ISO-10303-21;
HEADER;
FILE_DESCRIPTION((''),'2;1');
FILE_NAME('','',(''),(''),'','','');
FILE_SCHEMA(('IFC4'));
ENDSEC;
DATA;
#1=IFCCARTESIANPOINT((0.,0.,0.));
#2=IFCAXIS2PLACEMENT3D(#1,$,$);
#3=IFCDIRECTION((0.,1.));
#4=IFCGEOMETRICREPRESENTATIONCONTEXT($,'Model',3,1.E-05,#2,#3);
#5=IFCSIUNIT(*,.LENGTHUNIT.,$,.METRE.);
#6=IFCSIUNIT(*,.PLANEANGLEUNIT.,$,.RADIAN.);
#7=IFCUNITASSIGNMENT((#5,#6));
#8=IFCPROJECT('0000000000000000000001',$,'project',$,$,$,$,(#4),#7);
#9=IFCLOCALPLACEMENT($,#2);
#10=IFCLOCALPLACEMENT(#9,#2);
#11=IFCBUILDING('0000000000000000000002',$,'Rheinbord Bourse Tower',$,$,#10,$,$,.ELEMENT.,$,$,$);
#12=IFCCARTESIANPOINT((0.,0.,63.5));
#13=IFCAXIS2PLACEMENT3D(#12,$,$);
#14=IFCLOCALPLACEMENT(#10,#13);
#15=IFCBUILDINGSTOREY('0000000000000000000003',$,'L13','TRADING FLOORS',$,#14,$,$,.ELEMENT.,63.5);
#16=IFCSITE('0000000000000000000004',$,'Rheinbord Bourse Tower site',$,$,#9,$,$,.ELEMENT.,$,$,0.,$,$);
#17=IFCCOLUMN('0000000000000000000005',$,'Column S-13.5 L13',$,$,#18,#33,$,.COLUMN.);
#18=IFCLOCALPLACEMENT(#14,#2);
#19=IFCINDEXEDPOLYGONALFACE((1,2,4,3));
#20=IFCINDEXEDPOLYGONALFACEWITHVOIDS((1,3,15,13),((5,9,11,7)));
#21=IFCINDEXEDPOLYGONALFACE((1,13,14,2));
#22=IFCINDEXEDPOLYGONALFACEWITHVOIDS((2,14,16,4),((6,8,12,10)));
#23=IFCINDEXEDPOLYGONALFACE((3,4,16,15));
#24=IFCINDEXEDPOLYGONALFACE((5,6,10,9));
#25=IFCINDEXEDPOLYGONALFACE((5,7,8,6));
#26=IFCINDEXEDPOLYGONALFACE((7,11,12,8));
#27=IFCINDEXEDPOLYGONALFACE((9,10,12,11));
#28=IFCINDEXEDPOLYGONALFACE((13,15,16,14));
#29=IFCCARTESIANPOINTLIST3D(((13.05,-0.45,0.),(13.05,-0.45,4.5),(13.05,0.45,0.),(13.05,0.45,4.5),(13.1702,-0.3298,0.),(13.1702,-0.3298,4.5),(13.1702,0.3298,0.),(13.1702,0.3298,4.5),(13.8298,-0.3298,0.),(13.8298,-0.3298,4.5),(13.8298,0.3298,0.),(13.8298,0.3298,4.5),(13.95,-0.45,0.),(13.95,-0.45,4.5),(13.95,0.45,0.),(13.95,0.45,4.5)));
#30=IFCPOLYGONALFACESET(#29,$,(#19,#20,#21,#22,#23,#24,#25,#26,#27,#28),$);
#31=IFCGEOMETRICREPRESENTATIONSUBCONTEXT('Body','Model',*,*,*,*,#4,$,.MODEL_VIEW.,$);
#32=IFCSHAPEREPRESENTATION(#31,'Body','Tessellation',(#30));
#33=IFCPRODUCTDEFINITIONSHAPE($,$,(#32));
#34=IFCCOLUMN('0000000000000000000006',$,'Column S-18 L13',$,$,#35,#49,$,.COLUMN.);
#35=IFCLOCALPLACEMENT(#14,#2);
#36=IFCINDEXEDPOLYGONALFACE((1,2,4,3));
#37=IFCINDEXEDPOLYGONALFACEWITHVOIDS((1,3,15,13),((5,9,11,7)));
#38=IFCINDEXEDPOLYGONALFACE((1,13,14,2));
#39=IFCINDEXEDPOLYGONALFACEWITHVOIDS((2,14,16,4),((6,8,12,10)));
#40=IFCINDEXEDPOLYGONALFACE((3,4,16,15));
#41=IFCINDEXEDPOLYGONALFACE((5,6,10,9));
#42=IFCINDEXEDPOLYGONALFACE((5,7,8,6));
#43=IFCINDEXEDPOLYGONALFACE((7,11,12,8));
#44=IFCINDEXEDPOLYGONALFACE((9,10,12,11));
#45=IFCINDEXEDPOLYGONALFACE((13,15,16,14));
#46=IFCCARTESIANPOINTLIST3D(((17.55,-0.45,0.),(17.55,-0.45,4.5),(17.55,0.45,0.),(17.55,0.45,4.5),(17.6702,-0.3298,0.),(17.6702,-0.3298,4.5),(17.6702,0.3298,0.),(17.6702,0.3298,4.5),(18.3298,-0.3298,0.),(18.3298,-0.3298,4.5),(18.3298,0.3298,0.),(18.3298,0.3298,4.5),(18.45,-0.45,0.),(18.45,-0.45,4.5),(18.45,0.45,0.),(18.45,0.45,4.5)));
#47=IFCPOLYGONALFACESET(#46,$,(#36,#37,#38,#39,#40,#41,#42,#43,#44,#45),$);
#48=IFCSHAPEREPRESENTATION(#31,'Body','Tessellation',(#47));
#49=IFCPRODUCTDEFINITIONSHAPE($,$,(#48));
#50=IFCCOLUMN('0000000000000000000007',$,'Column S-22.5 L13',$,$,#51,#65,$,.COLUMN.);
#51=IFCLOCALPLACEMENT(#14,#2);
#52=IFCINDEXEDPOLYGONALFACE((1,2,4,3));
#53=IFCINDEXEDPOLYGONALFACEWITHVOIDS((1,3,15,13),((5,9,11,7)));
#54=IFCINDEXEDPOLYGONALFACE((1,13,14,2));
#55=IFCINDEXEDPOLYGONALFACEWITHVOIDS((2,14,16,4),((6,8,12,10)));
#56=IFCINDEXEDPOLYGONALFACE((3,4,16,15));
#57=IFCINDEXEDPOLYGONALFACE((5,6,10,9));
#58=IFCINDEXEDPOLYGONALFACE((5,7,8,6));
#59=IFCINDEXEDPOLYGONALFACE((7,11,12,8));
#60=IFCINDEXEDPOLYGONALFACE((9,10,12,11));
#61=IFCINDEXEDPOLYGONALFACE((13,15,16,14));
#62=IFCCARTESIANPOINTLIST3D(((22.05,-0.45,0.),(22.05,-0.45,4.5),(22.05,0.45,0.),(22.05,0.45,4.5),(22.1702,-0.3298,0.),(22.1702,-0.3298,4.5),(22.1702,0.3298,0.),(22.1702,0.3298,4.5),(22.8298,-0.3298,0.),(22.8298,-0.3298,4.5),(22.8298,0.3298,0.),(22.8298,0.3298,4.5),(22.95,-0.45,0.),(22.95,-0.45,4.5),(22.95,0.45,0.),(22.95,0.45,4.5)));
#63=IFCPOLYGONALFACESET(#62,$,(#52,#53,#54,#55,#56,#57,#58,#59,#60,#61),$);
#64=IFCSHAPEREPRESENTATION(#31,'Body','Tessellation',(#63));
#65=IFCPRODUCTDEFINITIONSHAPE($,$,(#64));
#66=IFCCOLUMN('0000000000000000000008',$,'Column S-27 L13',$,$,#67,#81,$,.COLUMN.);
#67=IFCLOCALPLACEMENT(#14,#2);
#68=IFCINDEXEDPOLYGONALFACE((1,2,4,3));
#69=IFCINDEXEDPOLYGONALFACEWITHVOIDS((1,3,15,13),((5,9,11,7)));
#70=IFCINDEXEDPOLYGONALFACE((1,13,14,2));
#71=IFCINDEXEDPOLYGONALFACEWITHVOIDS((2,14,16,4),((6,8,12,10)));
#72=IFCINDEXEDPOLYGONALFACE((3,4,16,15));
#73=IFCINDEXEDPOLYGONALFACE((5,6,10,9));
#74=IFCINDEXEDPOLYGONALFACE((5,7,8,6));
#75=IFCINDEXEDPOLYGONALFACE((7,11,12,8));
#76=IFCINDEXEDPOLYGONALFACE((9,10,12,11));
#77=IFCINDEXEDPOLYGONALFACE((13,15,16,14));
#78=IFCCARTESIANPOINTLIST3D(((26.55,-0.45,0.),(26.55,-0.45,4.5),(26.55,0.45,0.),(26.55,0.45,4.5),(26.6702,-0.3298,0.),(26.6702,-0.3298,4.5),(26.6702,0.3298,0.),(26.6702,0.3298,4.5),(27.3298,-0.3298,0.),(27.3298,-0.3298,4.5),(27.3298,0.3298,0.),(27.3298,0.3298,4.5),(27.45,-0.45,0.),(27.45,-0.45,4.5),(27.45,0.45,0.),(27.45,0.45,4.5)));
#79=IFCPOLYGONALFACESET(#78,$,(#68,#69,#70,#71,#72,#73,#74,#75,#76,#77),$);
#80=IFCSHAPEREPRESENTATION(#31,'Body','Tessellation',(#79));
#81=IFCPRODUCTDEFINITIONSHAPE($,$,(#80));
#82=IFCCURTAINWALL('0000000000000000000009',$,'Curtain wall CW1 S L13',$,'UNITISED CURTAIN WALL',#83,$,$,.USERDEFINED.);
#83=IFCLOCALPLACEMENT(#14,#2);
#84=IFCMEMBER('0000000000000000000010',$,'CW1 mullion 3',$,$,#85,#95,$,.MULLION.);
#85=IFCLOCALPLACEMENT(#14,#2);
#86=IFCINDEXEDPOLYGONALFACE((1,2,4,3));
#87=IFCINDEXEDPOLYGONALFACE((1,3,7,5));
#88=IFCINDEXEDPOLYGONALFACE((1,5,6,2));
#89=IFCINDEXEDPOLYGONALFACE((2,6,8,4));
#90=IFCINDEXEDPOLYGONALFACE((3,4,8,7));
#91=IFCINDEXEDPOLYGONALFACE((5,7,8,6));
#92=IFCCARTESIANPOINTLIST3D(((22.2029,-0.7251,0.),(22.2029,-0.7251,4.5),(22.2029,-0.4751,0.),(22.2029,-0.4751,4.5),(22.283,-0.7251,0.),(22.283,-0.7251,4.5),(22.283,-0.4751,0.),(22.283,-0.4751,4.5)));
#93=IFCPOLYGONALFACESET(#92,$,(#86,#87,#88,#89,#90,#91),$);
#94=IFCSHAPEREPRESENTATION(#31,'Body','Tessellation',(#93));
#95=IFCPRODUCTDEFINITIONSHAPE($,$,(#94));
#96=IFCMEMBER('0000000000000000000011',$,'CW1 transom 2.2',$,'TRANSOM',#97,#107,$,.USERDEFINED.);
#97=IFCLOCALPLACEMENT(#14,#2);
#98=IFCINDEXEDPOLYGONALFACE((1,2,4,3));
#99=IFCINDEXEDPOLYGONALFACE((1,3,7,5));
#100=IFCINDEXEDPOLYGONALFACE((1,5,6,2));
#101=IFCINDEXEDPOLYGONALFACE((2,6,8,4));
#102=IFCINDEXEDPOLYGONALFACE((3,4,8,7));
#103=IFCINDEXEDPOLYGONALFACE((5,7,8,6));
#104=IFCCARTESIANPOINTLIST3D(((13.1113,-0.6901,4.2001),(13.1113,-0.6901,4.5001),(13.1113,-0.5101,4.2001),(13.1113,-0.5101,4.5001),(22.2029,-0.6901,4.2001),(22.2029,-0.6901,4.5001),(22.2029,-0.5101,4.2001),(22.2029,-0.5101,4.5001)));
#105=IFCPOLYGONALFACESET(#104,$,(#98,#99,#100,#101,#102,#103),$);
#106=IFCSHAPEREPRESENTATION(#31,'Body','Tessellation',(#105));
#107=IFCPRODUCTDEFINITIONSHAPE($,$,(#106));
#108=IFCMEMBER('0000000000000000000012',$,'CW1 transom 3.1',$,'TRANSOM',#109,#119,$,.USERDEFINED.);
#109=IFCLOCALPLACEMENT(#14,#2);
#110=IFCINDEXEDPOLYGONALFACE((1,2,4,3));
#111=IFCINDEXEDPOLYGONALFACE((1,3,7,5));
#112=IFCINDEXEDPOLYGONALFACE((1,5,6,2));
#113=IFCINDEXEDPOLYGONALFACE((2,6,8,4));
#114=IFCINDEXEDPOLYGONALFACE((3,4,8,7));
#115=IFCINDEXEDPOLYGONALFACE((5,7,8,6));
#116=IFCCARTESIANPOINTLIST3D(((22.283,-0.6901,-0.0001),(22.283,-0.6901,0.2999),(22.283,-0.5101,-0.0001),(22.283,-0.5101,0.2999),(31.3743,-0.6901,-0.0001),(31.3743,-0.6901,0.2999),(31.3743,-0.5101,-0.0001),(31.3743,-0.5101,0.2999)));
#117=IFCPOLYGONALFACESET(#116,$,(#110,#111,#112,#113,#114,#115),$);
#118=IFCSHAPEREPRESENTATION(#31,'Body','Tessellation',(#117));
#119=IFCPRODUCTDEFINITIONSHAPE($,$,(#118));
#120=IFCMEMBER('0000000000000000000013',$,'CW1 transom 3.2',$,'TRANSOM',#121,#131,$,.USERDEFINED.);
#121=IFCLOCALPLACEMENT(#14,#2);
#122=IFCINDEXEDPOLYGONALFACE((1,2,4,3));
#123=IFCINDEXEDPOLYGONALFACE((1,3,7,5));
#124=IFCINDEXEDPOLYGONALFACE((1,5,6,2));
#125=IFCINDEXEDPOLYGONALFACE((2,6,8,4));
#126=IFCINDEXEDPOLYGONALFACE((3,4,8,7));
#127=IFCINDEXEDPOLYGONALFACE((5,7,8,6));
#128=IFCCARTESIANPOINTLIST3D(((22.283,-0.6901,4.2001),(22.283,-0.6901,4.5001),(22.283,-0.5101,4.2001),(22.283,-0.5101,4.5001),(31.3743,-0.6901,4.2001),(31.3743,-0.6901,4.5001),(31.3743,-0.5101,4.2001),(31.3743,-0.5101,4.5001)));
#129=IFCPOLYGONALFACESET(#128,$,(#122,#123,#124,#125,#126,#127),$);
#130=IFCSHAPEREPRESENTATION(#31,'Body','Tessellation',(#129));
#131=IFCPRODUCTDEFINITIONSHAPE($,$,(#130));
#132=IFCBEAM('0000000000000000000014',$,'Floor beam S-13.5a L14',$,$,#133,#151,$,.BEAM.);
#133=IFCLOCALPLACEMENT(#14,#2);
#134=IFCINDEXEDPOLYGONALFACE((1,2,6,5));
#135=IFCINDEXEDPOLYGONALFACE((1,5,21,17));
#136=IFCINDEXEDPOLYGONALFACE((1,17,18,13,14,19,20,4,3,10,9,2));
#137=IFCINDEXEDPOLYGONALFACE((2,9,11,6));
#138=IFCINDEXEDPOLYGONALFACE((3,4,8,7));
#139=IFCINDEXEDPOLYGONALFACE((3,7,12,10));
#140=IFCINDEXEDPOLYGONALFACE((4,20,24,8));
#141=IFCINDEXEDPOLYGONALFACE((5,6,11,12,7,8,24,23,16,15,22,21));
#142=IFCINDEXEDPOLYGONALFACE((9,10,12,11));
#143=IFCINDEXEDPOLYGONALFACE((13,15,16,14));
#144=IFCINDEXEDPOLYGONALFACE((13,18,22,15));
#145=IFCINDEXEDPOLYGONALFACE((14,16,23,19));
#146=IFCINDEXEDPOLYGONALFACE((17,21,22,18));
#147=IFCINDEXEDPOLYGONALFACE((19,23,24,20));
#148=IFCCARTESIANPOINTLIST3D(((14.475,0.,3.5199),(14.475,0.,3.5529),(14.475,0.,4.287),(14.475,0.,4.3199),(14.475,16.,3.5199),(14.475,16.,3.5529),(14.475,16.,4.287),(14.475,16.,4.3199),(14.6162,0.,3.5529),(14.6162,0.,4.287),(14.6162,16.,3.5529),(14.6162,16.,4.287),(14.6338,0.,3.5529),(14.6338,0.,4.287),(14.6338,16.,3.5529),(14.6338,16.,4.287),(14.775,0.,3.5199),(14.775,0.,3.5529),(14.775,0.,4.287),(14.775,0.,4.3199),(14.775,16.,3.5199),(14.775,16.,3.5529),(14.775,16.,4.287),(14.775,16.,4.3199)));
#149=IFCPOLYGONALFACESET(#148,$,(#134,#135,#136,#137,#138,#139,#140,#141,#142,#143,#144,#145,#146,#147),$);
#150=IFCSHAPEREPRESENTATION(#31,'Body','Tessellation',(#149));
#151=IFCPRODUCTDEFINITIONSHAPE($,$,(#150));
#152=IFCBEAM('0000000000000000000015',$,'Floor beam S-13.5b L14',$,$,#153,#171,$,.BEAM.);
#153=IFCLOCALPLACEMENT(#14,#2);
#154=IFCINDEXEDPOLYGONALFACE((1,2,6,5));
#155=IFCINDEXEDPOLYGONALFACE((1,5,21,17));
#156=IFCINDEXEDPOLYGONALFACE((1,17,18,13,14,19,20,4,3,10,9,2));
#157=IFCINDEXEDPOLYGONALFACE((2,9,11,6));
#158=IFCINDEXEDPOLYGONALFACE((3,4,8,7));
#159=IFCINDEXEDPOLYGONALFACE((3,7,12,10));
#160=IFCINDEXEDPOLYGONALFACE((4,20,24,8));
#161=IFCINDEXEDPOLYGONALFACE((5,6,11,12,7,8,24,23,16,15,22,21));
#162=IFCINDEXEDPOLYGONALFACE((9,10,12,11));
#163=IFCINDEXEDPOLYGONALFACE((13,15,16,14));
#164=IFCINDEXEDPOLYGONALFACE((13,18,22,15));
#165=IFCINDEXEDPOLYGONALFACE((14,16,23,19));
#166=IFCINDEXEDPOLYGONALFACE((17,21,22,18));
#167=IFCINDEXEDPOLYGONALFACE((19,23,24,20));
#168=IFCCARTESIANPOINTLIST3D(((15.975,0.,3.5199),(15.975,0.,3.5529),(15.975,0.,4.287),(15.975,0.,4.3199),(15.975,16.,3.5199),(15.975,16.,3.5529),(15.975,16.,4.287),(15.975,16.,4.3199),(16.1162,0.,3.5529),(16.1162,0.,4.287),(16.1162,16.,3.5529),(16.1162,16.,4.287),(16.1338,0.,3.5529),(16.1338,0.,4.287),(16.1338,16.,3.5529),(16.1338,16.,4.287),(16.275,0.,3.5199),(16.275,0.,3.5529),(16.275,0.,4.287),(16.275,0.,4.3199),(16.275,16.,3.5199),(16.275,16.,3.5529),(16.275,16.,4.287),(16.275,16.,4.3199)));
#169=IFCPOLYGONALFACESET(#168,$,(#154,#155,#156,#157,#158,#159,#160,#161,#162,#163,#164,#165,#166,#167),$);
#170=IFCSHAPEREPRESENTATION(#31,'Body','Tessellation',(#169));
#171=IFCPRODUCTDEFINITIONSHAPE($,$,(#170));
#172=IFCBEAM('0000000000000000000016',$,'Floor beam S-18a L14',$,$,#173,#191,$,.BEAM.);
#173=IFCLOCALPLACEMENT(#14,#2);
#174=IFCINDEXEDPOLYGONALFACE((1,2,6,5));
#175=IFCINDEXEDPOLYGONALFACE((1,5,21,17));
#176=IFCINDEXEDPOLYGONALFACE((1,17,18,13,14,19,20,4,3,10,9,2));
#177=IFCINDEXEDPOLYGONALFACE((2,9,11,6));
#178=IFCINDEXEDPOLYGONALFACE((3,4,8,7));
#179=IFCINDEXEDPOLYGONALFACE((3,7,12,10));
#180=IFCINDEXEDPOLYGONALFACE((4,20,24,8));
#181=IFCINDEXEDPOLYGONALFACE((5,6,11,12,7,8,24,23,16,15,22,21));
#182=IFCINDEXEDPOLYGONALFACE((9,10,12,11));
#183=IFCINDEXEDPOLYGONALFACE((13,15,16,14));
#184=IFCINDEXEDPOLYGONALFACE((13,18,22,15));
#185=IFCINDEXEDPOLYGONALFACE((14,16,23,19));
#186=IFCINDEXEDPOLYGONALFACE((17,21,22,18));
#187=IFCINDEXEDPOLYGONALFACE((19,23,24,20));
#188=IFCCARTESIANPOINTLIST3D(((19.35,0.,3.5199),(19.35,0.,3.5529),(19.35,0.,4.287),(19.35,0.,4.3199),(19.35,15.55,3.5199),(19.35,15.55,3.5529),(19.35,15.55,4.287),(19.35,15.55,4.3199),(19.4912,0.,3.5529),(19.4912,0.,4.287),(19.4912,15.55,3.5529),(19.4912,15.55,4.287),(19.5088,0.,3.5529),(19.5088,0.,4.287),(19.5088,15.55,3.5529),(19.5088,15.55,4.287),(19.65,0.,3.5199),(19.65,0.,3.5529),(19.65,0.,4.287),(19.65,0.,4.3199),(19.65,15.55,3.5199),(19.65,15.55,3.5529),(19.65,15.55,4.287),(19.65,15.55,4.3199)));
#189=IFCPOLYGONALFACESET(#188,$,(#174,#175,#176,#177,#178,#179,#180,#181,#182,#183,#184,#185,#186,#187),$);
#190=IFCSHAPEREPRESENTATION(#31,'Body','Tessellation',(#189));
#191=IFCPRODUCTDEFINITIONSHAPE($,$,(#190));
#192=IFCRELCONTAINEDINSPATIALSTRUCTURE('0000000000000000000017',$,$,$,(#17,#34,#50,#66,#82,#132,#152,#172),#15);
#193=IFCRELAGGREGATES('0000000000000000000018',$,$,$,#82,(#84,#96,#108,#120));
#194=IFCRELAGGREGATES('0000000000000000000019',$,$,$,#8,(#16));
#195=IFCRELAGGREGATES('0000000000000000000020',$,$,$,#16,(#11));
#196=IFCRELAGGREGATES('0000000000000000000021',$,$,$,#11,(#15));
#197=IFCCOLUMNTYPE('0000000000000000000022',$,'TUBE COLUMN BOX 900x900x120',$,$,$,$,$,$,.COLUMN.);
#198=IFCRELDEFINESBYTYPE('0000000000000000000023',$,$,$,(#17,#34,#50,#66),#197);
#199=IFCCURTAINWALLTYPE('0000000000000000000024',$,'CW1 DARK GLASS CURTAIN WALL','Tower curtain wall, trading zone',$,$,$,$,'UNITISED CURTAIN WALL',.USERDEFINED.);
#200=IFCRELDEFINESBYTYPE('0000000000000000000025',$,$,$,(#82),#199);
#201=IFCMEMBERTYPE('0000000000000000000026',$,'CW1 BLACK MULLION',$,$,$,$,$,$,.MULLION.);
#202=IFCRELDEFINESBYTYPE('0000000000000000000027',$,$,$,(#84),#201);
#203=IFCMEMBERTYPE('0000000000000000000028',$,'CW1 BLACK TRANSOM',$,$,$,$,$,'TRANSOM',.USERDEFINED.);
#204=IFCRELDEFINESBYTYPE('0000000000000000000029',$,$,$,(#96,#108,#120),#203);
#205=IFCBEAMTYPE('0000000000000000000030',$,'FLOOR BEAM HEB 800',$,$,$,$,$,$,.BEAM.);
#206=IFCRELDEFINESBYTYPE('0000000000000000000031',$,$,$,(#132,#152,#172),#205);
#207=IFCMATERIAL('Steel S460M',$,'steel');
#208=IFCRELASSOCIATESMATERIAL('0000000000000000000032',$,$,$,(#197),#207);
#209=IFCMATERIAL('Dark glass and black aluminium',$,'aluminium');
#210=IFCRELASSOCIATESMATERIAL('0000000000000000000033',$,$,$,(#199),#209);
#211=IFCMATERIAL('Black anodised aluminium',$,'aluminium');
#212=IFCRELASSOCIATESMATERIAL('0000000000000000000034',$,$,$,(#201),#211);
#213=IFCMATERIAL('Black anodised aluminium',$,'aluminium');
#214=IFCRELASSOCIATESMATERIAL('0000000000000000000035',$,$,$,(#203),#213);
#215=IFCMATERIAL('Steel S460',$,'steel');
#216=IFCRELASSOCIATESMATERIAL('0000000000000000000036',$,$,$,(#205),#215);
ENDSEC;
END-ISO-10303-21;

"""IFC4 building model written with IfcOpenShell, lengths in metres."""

from ifc_helpers import new_model, si_unit, direction, frame, origin, origin_2d, place, context, subcontext, project, spatial, rectangle, hollow_rectangle, i_section, extrude, material, material_profile, profile_set, type_object, element, aggregate, save


model = new_model("IFC4")

# Units and contexts
model_context = context("Model", 3, precision=1e-05, world=origin(), true_north=direction((0.0, 1.0)))
body_context = subcontext(model_context, "Body", "Model", "MODEL_VIEW")
ifc_project = project(units=[si_unit("LENGTHUNIT", "METRE"), si_unit("PLANEANGLEUNIT", "RADIAN")], contexts=[model_context])

# Site, building, storey
site_placement = place(None, origin())
site = spatial("IfcSite", under=ifc_project, at=site_placement, Name="Rheinbord Bourse Tower site", CompositionType="ELEMENT", RefElevation=0.0)
building_placement = place(site_placement, origin())
building = spatial("IfcBuilding", under=site, at=building_placement, Name="Rheinbord Bourse Tower", CompositionType="ELEMENT")
storey_placement = place(building_placement, frame((0.0, 0.0, 63.5)))
storey = spatial("IfcBuildingStorey", under=building, at=storey_placement, Name="L13", Description="TRADING FLOORS", CompositionType="ELEMENT", Elevation=63.5)

# Columns
ifc_material_1 = material(Name="Steel S460M", Category="steel")
ifc_material_profile_1 = material_profile(ifc_material_1, hollow_rectangle(XDim=0.8999, YDim=0.8999, WallThickness=0.1201, at=origin_2d()), Name="BOX 900x900x120")
ifc_profile_set_1 = profile_set([ifc_material_profile_1], Name="Steel S460M")
column_type = type_object("IfcColumnType", Name="TUBE COLUMN BOX 900x900x120", PredefinedType="COLUMN", material=ifc_profile_set_1)
for number, where, z_axis, x_axis, name in (
    (1, (13.5, 0.0, 0.0), (0.0, 0.0, 1.0), (0.0, 1.0, 0.0), "Column S-13.5 L13"),
    (2, (18.0, 0.0, 0.0), (0.0, 0.0, 1.0), (0.0, 1.0, 0.0), "Column S-18 L13"),
    (3, (22.5, 0.0, 0.0), (0.0, 0.0, 1.0), (0.0, 1.0, 0.0), "Column S-22.5 L13"),
    (4, (27.0, 0.0, 0.0), (0.0, 0.0, 1.0), (0.0, 1.0, 0.0), "Column S-27 L13"),
):
    element("IfcColumn", number, at=place(storey_placement, frame(where, z_axis=z_axis, x_axis=x_axis)), inside=storey, type_object=column_type, Name=name, PredefinedType="COLUMN", context=body_context, shape_type="SweptSolid", body=[
        extrude(hollow_rectangle(XDim=0.8999, YDim=0.8999, WallThickness=0.1201, at=origin_2d()), origin(), (0.0, 0.0, 1.0), 4.5),
    ])

# Curtain wall, members
ifc_material_2 = material(Name="Dark glass and black aluminium", Category="aluminium")
curtain_wall_type = type_object("IfcCurtainWallType", Name="CW1 DARK GLASS CURTAIN WALL", Description="Tower curtain wall, trading zone", ElementType="UNITISED CURTAIN WALL", PredefinedType="USERDEFINED", material=ifc_material_2)
curtain_wall_placement = place(storey_placement, origin())
curtain_wall = element("IfcCurtainWall", 5, at=curtain_wall_placement, inside=storey, type_object=curtain_wall_type, Name="Curtain wall CW1 S L13", ObjectType="UNITISED CURTAIN WALL", PredefinedType="USERDEFINED")
ifc_material_3 = material(Name="Black anodised aluminium", Category="aluminium")
ifc_material_profile_2 = material_profile(ifc_material_3, rectangle(XDim=0.25, YDim=0.0801, at=origin_2d()), Name="CW1 MULLION 80x250")
ifc_profile_set_2 = profile_set([ifc_material_profile_2], Name="Black anodised aluminium")
member_type_1 = type_object("IfcMemberType", Name="CW1 BLACK MULLION", PredefinedType="MULLION", material=ifc_profile_set_2)
member_1_placement = place(storey_placement, frame((22.2429, -0.6001, 0.0), z_axis=(0.0, 0.0, 1.0), x_axis=(0.0, 1.0, 0.0)))
member_1 = element("IfcMember", 6, at=member_1_placement, type_object=member_type_1, Name="CW1 mullion 3", PredefinedType="MULLION", context=body_context, shape_type="SweptSolid", body=[
    extrude(rectangle(XDim=0.25, YDim=0.0801, at=origin_2d()), origin(), (0.0, 0.0, 1.0), 4.5),
])
ifc_material_4 = material(Name="Black anodised aluminium", Category="aluminium")
ifc_material_profile_3 = material_profile(ifc_material_4, rectangle(XDim=0.1799, YDim=0.3, at=origin_2d()), Name="CW1 TRANSOM 300x180")
ifc_profile_set_3 = profile_set([ifc_material_profile_3], Name="Black anodised aluminium")
member_type_2 = type_object("IfcMemberType", Name="CW1 BLACK TRANSOM", ElementType="TRANSOM", PredefinedType="USERDEFINED", material=ifc_profile_set_3)
member_2_placement = place(storey_placement, frame((13.1113, -0.6001, 4.3501), z_axis=(1.0, 0.0, 0.0), x_axis=(0.0, 1.0, 0.0)))
member_2 = element("IfcMember", 7, at=member_2_placement, type_object=member_type_2, Name="CW1 transom 2.2", ObjectType="TRANSOM", PredefinedType="USERDEFINED", context=body_context, shape_type="SweptSolid", body=[
    extrude(rectangle(XDim=0.1799, YDim=0.3, at=origin_2d()), origin(), (0.0, 0.0, 1.0), 9.0916),
])
member_3_placement = place(storey_placement, frame((22.283, -0.6001, 0.1499), z_axis=(1.0, 0.0, 0.0), x_axis=(0.0, 1.0, 0.0)))
member_3 = element("IfcMember", 8, at=member_3_placement, type_object=member_type_2, Name="CW1 transom 3.1", ObjectType="TRANSOM", PredefinedType="USERDEFINED", context=body_context, shape_type="SweptSolid", body=[
    extrude(rectangle(XDim=0.1799, YDim=0.3, at=origin_2d()), origin(), (0.0, 0.0, 1.0), 9.0913),
])
member_4_placement = place(storey_placement, frame((22.283, -0.6001, 4.3501), z_axis=(1.0, 0.0, 0.0), x_axis=(0.0, 1.0, 0.0)))
member_4 = element("IfcMember", 9, at=member_4_placement, type_object=member_type_2, Name="CW1 transom 3.2", ObjectType="TRANSOM", PredefinedType="USERDEFINED", context=body_context, shape_type="SweptSolid", body=[
    extrude(rectangle(XDim=0.1799, YDim=0.3, at=origin_2d()), origin(), (0.0, 0.0, 1.0), 9.0913),
])

# Beams
ifc_material_5 = material(Name="Steel S460", Category="steel")
ifc_material_profile_4 = material_profile(ifc_material_5, i_section(OverallWidth=0.3, OverallDepth=0.8, WebThickness=0.0176, FlangeThickness=0.033, at=origin_2d()), Name="HEB 800")
ifc_profile_set_4 = profile_set([ifc_material_profile_4], Name="Steel S460")
beam_type_1 = type_object("IfcBeamType", Name="FLOOR BEAM HEB 800", PredefinedType="BEAM", material=ifc_profile_set_4)
for number, where, z_axis, x_axis, name in (
    (10, (14.625, 0.0, 3.9199), (0.0, 1.0, 0.0), (-1.0, 0.0, 0.0), "Floor beam S-13.5a L14"),
    (11, (16.125, 0.0, 3.9199), (0.0, 1.0, 0.0), (-1.0, 0.0, 0.0), "Floor beam S-13.5b L14"),
):
    element("IfcBeam", number, at=place(storey_placement, frame(where, z_axis=z_axis, x_axis=x_axis)), inside=storey, type_object=beam_type_1, Name=name, PredefinedType="BEAM", context=body_context, shape_type="SweptSolid", body=[
        extrude(i_section(OverallWidth=0.3, OverallDepth=0.8, WebThickness=0.0176, FlangeThickness=0.033, at=origin_2d()), origin(), (0.0, 0.0, 1.0), 16.0),
    ])
for number, where, z_axis, x_axis, name in (
    (12, (19.5, 0.0, 3.9199), (0.0, 1.0, 0.0), (-1.0, 0.0, 0.0), "Floor beam S-18a L14"),
):
    element("IfcBeam", number, at=place(storey_placement, frame(where, z_axis=z_axis, x_axis=x_axis)), inside=storey, type_object=beam_type_1, Name=name, PredefinedType="BEAM", context=body_context, shape_type="SweptSolid", body=[
        extrude(i_section(OverallWidth=0.3, OverallDepth=0.8, WebThickness=0.0176, FlangeThickness=0.033, at=origin_2d()), origin(), (0.0, 0.0, 1.0), 15.55),
    ])

aggregate(curtain_wall, [member_1, member_2, member_3, member_4])

save(model, "model.ifc")
